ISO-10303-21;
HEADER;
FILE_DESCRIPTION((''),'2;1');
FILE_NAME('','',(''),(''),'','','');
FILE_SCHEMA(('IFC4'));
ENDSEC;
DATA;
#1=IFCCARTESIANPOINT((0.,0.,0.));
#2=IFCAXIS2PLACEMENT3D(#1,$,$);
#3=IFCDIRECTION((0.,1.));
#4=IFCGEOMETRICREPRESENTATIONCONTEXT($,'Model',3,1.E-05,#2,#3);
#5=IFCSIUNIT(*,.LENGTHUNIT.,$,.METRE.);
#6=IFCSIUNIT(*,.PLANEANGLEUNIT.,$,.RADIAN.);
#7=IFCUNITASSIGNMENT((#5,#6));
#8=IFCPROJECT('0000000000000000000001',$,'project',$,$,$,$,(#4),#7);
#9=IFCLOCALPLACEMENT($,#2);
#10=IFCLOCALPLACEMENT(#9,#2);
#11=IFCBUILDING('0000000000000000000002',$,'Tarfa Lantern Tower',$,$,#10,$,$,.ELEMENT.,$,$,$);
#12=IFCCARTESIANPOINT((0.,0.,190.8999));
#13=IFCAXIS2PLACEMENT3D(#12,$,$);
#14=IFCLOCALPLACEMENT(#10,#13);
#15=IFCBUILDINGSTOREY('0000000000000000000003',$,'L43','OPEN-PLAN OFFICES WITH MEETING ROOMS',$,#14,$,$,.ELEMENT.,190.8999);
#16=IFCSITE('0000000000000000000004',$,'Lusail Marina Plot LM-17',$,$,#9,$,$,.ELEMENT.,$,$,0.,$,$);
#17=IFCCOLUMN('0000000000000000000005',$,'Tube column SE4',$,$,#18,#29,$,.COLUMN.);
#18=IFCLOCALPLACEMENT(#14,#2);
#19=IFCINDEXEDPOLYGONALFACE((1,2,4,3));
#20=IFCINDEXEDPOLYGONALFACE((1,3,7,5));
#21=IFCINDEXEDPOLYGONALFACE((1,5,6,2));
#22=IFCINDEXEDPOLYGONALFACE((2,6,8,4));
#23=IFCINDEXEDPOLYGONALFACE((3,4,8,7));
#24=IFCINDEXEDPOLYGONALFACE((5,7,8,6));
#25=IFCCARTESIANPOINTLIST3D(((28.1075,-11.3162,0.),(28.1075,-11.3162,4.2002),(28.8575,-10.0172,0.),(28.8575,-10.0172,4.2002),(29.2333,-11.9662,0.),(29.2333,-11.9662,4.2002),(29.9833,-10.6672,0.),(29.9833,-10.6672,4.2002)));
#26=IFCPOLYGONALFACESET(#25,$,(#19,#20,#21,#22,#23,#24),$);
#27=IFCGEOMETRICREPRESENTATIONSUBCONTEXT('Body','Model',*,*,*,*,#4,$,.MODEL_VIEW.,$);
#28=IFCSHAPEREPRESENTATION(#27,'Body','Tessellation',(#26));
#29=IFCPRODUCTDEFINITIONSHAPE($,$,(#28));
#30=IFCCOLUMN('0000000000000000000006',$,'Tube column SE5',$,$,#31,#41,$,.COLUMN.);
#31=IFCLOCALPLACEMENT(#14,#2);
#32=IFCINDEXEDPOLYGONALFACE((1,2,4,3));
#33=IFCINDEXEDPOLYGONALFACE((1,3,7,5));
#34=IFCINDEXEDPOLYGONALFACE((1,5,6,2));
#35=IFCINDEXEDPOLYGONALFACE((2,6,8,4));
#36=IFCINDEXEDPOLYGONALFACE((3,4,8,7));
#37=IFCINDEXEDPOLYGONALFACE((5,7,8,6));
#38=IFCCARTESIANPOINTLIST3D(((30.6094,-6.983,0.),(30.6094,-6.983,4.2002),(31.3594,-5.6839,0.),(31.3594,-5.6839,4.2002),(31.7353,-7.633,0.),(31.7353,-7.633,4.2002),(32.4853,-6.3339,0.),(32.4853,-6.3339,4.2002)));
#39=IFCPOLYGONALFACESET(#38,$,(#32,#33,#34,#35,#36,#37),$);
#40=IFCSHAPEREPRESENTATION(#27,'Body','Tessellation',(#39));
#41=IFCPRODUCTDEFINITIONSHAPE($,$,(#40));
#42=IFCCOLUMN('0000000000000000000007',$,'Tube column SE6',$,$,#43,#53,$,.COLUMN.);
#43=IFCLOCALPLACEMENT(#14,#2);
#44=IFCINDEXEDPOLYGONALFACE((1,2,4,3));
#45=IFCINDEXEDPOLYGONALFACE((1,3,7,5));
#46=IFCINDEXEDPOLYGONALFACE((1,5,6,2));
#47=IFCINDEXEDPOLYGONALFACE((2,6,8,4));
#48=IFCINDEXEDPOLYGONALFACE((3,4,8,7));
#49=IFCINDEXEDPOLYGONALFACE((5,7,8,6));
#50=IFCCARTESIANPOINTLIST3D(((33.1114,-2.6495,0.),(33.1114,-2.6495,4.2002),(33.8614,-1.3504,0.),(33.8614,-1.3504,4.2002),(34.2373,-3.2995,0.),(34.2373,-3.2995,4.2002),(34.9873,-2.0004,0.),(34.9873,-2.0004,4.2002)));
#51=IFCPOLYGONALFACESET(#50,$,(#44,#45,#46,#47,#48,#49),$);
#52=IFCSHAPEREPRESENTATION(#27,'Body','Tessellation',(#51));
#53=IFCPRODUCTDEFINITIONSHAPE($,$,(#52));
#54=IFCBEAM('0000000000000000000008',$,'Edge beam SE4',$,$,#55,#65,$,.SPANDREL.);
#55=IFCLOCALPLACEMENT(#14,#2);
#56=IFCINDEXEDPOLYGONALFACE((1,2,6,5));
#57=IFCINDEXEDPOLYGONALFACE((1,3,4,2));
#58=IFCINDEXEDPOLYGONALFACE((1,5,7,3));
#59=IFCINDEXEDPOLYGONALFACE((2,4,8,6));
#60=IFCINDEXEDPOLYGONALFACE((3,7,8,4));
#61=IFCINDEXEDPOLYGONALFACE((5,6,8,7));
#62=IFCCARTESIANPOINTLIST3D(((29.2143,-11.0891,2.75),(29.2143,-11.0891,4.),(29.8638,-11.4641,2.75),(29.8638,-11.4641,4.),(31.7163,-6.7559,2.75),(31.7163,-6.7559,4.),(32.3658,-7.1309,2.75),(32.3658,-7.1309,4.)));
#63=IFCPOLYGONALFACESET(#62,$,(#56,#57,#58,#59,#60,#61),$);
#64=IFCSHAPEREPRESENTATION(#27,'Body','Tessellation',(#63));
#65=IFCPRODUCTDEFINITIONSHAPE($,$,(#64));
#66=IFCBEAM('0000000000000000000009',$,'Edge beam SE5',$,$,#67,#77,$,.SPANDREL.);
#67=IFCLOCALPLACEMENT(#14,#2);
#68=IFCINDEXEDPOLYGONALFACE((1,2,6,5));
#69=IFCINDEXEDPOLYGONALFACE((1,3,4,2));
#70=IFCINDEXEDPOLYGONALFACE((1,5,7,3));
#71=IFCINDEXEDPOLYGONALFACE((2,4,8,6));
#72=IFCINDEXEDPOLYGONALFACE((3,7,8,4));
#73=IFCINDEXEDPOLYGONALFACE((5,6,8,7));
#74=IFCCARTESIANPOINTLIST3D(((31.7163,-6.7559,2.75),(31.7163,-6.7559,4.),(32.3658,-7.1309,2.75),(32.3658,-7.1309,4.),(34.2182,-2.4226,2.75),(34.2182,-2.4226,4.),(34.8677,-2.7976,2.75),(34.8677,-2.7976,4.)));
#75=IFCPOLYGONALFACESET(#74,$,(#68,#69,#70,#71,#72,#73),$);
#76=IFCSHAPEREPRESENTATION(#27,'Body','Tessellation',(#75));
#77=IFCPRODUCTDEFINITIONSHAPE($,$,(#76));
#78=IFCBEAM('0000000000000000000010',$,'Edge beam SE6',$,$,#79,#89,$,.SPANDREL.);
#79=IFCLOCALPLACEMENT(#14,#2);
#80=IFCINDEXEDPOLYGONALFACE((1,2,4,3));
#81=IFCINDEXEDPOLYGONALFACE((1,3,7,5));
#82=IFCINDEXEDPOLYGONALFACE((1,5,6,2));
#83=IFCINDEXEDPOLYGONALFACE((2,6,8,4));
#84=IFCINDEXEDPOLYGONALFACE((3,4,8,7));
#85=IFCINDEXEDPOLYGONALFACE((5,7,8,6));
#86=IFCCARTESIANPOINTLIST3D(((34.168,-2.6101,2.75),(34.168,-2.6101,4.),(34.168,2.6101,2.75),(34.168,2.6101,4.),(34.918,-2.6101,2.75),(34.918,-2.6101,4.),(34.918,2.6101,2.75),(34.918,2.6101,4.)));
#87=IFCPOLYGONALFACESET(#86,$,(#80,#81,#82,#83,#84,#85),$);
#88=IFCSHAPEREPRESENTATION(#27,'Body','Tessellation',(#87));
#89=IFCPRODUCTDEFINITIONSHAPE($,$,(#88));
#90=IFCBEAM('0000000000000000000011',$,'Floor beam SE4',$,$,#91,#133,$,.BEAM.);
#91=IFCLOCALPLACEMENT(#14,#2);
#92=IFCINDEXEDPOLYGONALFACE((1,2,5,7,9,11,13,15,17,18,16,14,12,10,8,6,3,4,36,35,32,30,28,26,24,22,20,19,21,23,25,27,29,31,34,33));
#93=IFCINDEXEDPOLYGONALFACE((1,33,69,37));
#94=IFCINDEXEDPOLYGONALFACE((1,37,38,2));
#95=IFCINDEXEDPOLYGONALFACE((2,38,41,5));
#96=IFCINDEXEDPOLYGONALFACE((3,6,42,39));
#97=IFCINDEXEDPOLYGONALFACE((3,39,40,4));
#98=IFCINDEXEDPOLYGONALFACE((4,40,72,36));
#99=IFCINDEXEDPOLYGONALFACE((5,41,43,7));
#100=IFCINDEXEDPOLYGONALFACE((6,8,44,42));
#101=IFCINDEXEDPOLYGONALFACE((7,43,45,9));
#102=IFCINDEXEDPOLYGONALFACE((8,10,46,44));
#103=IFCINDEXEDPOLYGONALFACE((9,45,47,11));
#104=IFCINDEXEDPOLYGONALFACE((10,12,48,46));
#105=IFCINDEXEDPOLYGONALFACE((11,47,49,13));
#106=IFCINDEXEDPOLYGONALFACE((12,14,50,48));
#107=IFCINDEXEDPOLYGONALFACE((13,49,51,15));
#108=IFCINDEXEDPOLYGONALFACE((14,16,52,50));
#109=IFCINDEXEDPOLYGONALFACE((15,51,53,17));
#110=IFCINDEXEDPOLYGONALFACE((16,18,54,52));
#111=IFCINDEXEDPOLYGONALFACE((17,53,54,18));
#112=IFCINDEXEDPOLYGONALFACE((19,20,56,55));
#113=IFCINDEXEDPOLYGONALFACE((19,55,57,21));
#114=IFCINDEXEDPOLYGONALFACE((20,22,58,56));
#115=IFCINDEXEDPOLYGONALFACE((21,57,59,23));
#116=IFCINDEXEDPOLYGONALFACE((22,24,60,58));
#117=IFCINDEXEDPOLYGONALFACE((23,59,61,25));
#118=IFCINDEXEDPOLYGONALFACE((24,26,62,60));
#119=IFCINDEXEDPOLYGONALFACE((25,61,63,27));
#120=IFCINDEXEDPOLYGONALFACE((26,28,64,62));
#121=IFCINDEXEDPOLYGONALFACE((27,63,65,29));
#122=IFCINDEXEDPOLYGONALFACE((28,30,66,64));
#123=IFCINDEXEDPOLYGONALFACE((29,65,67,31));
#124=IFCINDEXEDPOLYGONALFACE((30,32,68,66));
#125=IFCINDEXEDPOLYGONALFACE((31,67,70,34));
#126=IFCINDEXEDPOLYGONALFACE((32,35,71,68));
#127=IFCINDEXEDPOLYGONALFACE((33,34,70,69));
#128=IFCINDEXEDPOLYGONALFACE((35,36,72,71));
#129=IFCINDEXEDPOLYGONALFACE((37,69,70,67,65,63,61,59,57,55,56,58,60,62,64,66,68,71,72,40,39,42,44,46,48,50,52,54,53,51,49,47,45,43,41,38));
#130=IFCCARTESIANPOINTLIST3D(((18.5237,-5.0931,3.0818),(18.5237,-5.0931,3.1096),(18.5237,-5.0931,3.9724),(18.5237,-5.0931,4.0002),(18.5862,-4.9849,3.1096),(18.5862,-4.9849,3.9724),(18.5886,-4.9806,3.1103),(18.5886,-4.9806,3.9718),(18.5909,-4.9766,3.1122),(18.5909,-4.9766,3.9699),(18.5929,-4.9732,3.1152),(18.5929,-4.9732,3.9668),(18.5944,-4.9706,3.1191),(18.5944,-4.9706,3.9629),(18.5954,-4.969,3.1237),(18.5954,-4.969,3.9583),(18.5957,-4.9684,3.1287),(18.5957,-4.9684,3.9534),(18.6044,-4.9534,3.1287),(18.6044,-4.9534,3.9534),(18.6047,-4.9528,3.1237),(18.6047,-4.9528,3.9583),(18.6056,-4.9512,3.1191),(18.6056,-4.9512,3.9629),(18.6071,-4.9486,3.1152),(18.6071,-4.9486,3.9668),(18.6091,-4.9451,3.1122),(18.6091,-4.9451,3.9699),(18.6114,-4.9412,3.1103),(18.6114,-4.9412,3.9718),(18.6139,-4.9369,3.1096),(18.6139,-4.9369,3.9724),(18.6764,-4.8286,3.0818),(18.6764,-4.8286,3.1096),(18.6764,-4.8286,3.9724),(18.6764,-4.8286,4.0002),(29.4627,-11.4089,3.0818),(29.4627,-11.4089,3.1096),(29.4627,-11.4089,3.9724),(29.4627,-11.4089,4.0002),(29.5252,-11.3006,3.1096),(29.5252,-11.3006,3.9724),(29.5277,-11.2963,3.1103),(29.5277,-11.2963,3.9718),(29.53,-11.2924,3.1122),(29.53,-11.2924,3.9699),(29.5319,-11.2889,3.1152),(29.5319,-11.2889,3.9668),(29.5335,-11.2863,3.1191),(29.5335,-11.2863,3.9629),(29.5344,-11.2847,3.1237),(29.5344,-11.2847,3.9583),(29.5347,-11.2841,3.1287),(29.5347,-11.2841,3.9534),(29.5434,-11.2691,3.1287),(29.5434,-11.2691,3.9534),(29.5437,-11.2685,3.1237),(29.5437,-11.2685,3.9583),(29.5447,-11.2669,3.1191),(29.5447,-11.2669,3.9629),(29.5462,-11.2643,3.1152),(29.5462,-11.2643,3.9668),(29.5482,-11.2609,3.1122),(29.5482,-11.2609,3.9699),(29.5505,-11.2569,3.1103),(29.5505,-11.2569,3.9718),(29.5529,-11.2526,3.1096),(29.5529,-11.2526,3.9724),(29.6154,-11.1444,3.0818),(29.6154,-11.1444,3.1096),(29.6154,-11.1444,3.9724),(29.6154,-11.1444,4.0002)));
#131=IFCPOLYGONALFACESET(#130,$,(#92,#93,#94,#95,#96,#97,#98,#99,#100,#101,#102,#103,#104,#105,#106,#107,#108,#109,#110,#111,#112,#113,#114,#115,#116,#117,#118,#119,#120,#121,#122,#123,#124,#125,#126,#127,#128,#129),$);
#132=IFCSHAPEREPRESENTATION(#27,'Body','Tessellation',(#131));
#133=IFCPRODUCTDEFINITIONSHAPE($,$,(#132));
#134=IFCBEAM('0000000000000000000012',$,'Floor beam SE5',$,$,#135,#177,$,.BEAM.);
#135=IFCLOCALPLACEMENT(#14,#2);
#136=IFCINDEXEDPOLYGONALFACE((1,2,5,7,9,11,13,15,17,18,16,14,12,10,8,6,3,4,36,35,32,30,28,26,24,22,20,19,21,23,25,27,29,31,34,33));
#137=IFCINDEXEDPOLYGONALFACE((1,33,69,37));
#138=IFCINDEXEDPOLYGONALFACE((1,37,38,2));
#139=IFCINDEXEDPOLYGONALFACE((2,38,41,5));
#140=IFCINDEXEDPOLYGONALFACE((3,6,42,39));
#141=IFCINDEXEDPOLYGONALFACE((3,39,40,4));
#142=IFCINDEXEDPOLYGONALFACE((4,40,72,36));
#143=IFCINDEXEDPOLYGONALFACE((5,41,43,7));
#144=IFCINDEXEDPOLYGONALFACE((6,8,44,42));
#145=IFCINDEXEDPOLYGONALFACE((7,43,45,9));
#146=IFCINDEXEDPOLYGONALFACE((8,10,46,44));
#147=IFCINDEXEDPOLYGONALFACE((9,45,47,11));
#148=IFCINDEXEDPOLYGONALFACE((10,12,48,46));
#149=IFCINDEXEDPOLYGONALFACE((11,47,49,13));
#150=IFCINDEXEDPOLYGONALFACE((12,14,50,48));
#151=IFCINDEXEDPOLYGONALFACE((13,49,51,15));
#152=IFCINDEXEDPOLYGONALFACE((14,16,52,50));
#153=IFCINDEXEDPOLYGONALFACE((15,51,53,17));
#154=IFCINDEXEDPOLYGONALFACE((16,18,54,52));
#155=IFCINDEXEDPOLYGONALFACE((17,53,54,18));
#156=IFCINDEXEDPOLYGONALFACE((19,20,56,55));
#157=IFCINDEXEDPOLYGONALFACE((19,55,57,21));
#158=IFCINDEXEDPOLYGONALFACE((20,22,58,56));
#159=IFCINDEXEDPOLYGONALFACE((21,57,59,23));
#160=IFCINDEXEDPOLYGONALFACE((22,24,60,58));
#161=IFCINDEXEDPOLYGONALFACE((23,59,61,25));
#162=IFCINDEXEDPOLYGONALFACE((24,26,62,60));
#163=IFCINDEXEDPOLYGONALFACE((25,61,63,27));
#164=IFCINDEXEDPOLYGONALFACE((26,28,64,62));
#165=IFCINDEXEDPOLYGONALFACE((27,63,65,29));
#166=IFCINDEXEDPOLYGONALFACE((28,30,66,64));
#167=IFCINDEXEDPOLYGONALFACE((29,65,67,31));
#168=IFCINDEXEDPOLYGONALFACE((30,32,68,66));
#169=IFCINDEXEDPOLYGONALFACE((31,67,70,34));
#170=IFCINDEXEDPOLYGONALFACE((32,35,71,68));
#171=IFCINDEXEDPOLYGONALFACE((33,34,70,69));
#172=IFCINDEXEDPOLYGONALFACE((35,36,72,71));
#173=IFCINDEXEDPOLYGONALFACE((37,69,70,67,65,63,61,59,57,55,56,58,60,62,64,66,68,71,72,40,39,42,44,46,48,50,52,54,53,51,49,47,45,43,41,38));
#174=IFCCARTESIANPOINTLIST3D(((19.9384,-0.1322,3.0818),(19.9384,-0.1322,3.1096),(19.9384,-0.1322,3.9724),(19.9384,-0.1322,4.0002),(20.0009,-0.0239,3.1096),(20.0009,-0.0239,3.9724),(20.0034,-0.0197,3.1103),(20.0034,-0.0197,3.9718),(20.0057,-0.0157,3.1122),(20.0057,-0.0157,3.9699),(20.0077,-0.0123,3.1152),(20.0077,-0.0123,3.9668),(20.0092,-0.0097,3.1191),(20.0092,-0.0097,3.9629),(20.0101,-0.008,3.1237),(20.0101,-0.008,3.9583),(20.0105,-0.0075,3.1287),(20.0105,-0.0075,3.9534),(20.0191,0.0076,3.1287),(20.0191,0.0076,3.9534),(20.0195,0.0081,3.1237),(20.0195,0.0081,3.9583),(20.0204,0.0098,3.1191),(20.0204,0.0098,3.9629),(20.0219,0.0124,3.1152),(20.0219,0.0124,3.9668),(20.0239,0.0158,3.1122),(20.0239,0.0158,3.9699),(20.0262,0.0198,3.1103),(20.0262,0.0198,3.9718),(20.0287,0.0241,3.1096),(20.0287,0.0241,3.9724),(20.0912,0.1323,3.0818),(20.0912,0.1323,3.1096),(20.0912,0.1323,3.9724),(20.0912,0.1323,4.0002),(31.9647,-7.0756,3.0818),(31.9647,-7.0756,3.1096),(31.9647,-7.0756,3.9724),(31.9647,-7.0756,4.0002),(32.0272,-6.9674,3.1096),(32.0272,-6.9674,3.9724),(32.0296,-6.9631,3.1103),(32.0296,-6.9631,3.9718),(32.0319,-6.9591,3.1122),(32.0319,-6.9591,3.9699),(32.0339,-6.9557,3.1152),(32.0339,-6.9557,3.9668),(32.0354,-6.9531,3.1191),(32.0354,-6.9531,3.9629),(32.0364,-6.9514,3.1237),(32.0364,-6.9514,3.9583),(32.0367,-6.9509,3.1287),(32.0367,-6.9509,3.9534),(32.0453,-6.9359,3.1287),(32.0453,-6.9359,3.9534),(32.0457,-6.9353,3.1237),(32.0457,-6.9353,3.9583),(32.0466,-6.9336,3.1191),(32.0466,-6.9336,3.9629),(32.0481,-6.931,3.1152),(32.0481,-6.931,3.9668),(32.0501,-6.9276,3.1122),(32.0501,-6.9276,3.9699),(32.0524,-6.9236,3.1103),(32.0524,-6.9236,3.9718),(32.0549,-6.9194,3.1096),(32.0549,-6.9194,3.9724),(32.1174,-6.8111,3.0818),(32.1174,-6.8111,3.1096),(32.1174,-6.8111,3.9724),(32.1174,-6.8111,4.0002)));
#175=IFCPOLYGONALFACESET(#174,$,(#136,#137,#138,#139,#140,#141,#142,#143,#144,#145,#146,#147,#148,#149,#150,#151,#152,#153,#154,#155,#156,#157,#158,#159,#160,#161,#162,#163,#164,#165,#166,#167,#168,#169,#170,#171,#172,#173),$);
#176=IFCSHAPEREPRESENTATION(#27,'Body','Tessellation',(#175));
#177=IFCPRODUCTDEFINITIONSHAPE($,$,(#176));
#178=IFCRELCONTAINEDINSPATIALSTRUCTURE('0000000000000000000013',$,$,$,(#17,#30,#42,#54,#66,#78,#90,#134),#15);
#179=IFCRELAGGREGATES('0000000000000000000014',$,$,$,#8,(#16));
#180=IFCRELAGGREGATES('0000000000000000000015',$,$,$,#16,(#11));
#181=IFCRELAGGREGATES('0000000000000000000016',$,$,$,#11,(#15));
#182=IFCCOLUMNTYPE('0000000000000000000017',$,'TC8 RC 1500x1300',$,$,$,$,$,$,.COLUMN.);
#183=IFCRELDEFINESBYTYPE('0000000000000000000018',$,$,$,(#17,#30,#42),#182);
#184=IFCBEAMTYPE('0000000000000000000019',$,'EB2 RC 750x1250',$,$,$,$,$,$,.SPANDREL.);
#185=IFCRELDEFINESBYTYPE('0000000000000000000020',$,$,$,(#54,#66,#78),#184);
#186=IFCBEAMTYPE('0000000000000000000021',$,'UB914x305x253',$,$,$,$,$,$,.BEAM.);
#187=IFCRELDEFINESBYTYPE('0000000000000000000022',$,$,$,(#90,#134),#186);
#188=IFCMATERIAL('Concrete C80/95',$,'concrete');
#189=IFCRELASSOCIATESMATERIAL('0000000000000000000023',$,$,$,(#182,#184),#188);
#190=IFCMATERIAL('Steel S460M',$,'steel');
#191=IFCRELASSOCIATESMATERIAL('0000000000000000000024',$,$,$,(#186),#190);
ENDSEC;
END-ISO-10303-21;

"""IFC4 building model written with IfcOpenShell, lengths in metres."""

from ifc_helpers import new_model, si_unit, direction, frame, origin, origin_2d, place, context, subcontext, project, spatial, rectangle, i_section, extrude, material, material_profile, profile_set, type_object, element, save


model = new_model("IFC4")

# Units and contexts
model_context = context("Model", 3, precision=1e-05, world=origin(), true_north=direction((0.0, 1.0)))
body_context = subcontext(model_context, "Body", "Model", "MODEL_VIEW")
ifc_project = project(units=[si_unit("LENGTHUNIT", "METRE"), si_unit("PLANEANGLEUNIT", "RADIAN")], contexts=[model_context])

# Site, building, storey
site_placement = place(None, origin())
site = spatial("IfcSite", under=ifc_project, at=site_placement, Name="Lusail Marina Plot LM-17", CompositionType="ELEMENT", RefElevation=0.0)
building_placement = place(site_placement, origin())
building = spatial("IfcBuilding", under=site, at=building_placement, Name="Tarfa Lantern Tower", CompositionType="ELEMENT")
storey_placement = place(building_placement, frame((0.0, 0.0, 190.8999)))
storey = spatial("IfcBuildingStorey", under=building, at=storey_placement, Name="L43", Description="OPEN-PLAN OFFICES WITH MEETING ROOMS", CompositionType="ELEMENT", Elevation=190.8999)

# Columns
ifc_material_1 = material(Name="Concrete C80/95", Category="concrete")
ifc_material_profile_1 = material_profile(ifc_material_1, rectangle(XDim=1.5, YDim=1.3, at=origin_2d()), Name="RC 1500x1300")
ifc_profile_set_1 = profile_set([ifc_material_profile_1], Name="Concrete C80/95")
column_type = type_object("IfcColumnType", Name="TC8 RC 1500x1300", PredefinedType="COLUMN", material=ifc_profile_set_1)
for number, where, z_axis, x_axis, name in (
    (1, (29.0454, -10.9917, 0.0), (0.0, 0.0, 1.0), (0.5, 0.866025, 0.0), "Tube column SE4"),
    (2, (31.5474, -6.6584, 0.0), (0.0, 0.0, 1.0), (0.5, 0.866025, 0.0), "Tube column SE5"),
    (3, (34.0493, -2.325, 0.0), (0.0, 0.0, 1.0), (0.5, 0.866025, 0.0), "Tube column SE6"),
):
    element("IfcColumn", number, at=place(storey_placement, frame(where, z_axis=z_axis, x_axis=x_axis)), inside=storey, type_object=column_type, Name=name, PredefinedType="COLUMN", context=body_context, shape_type="SweptSolid", body=[
        extrude(rectangle(XDim=1.5, YDim=1.3, at=origin_2d()), origin(), (0.0, 0.0, 1.0), 4.2002),
    ])

# Beams
ifc_material_profile_2 = material_profile(ifc_material_1, rectangle(XDim=0.75, YDim=1.25, at=origin_2d()), Name="RC 750x1250")
ifc_profile_set_2 = profile_set([ifc_material_profile_2], Name="Concrete C80/95")
beam_type_1 = type_object("IfcBeamType", Name="EB2 RC 750x1250", PredefinedType="SPANDREL", material=ifc_profile_set_2)
for number, where, z_axis, x_axis, name in (
    (4, (29.5391, -11.2766, 3.375), (0.500022, 0.866013, 0.0), (-0.866013, 0.500022, 0.0), "Edge beam SE4"),
    (5, (32.041, -6.9434, 3.375), (0.500022, 0.866013, 0.0), (-0.866013, 0.500022, 0.0), "Edge beam SE5"),
):
    element("IfcBeam", number, at=place(storey_placement, frame(where, z_axis=z_axis, x_axis=x_axis)), inside=storey, type_object=beam_type_1, Name=name, PredefinedType="SPANDREL", context=body_context, shape_type="SweptSolid", body=[
        extrude(rectangle(XDim=0.75, YDim=1.25, at=origin_2d()), origin(), (0.0, 0.0, 1.0), 5.0037),
    ])
beam_1_placement = place(storey_placement, frame((34.543, -2.6101, 3.375), z_axis=(0.0, 1.0, 0.0), x_axis=(-1.0, 0.0, 0.0)))
element("IfcBeam", 6, at=beam_1_placement, inside=storey, type_object=beam_type_1, Name="Edge beam SE6", PredefinedType="SPANDREL", context=body_context, shape_type="SweptSolid", body=[
    extrude(rectangle(XDim=0.75, YDim=1.25, at=origin_2d()), origin(), (0.0, 0.0, 1.0), 5.2202),
])
ifc_material_2 = material(Name="Steel S460M", Category="steel")
ifc_material_profile_3 = material_profile(ifc_material_2, i_section(OverallWidth=0.3054, OverallDepth=0.9185, WebThickness=0.0173, FlangeThickness=0.0278, FilletRadius=0.019, at=origin_2d()), Name="UB914x305x253")
ifc_profile_set_3 = profile_set([ifc_material_profile_3], Name="Steel S460M")
beam_type_2 = type_object("IfcBeamType", Name="UB914x305x253", PredefinedType="BEAM", material=ifc_profile_set_3)
beam_2_placement = place(storey_placement, frame((29.5391, -11.2766, 3.541), z_axis=(-0.866023, 0.500004, 0.0), x_axis=(-0.500004, -0.866023, 0.0)))
element("IfcBeam", 7, at=beam_2_placement, inside=storey, type_object=beam_type_2, Name="Floor beam SE4", PredefinedType="BEAM", context=body_context, shape_type="SweptSolid", body=[
    extrude(i_section(OverallWidth=0.3054, OverallDepth=0.9185, WebThickness=0.0173, FlangeThickness=0.0278, FilletRadius=0.019, at=origin_2d()), origin(), (0.0, 0.0, 1.0), 12.6313),
])
beam_3_placement = place(storey_placement, frame((32.041, -6.9434, 3.541), z_axis=(-0.866023, 0.500004, 0.0), x_axis=(-0.500004, -0.866023, 0.0)))
element("IfcBeam", 8, at=beam_3_placement, inside=storey, type_object=beam_type_2, Name="Floor beam SE5", PredefinedType="BEAM", context=body_context, shape_type="SweptSolid", body=[
    extrude(i_section(OverallWidth=0.3054, OverallDepth=0.9185, WebThickness=0.0173, FlangeThickness=0.0278, FilletRadius=0.019, at=origin_2d()), origin(), (0.0, 0.0, 1.0), 13.8867),
])

save(model, "model.ifc")
